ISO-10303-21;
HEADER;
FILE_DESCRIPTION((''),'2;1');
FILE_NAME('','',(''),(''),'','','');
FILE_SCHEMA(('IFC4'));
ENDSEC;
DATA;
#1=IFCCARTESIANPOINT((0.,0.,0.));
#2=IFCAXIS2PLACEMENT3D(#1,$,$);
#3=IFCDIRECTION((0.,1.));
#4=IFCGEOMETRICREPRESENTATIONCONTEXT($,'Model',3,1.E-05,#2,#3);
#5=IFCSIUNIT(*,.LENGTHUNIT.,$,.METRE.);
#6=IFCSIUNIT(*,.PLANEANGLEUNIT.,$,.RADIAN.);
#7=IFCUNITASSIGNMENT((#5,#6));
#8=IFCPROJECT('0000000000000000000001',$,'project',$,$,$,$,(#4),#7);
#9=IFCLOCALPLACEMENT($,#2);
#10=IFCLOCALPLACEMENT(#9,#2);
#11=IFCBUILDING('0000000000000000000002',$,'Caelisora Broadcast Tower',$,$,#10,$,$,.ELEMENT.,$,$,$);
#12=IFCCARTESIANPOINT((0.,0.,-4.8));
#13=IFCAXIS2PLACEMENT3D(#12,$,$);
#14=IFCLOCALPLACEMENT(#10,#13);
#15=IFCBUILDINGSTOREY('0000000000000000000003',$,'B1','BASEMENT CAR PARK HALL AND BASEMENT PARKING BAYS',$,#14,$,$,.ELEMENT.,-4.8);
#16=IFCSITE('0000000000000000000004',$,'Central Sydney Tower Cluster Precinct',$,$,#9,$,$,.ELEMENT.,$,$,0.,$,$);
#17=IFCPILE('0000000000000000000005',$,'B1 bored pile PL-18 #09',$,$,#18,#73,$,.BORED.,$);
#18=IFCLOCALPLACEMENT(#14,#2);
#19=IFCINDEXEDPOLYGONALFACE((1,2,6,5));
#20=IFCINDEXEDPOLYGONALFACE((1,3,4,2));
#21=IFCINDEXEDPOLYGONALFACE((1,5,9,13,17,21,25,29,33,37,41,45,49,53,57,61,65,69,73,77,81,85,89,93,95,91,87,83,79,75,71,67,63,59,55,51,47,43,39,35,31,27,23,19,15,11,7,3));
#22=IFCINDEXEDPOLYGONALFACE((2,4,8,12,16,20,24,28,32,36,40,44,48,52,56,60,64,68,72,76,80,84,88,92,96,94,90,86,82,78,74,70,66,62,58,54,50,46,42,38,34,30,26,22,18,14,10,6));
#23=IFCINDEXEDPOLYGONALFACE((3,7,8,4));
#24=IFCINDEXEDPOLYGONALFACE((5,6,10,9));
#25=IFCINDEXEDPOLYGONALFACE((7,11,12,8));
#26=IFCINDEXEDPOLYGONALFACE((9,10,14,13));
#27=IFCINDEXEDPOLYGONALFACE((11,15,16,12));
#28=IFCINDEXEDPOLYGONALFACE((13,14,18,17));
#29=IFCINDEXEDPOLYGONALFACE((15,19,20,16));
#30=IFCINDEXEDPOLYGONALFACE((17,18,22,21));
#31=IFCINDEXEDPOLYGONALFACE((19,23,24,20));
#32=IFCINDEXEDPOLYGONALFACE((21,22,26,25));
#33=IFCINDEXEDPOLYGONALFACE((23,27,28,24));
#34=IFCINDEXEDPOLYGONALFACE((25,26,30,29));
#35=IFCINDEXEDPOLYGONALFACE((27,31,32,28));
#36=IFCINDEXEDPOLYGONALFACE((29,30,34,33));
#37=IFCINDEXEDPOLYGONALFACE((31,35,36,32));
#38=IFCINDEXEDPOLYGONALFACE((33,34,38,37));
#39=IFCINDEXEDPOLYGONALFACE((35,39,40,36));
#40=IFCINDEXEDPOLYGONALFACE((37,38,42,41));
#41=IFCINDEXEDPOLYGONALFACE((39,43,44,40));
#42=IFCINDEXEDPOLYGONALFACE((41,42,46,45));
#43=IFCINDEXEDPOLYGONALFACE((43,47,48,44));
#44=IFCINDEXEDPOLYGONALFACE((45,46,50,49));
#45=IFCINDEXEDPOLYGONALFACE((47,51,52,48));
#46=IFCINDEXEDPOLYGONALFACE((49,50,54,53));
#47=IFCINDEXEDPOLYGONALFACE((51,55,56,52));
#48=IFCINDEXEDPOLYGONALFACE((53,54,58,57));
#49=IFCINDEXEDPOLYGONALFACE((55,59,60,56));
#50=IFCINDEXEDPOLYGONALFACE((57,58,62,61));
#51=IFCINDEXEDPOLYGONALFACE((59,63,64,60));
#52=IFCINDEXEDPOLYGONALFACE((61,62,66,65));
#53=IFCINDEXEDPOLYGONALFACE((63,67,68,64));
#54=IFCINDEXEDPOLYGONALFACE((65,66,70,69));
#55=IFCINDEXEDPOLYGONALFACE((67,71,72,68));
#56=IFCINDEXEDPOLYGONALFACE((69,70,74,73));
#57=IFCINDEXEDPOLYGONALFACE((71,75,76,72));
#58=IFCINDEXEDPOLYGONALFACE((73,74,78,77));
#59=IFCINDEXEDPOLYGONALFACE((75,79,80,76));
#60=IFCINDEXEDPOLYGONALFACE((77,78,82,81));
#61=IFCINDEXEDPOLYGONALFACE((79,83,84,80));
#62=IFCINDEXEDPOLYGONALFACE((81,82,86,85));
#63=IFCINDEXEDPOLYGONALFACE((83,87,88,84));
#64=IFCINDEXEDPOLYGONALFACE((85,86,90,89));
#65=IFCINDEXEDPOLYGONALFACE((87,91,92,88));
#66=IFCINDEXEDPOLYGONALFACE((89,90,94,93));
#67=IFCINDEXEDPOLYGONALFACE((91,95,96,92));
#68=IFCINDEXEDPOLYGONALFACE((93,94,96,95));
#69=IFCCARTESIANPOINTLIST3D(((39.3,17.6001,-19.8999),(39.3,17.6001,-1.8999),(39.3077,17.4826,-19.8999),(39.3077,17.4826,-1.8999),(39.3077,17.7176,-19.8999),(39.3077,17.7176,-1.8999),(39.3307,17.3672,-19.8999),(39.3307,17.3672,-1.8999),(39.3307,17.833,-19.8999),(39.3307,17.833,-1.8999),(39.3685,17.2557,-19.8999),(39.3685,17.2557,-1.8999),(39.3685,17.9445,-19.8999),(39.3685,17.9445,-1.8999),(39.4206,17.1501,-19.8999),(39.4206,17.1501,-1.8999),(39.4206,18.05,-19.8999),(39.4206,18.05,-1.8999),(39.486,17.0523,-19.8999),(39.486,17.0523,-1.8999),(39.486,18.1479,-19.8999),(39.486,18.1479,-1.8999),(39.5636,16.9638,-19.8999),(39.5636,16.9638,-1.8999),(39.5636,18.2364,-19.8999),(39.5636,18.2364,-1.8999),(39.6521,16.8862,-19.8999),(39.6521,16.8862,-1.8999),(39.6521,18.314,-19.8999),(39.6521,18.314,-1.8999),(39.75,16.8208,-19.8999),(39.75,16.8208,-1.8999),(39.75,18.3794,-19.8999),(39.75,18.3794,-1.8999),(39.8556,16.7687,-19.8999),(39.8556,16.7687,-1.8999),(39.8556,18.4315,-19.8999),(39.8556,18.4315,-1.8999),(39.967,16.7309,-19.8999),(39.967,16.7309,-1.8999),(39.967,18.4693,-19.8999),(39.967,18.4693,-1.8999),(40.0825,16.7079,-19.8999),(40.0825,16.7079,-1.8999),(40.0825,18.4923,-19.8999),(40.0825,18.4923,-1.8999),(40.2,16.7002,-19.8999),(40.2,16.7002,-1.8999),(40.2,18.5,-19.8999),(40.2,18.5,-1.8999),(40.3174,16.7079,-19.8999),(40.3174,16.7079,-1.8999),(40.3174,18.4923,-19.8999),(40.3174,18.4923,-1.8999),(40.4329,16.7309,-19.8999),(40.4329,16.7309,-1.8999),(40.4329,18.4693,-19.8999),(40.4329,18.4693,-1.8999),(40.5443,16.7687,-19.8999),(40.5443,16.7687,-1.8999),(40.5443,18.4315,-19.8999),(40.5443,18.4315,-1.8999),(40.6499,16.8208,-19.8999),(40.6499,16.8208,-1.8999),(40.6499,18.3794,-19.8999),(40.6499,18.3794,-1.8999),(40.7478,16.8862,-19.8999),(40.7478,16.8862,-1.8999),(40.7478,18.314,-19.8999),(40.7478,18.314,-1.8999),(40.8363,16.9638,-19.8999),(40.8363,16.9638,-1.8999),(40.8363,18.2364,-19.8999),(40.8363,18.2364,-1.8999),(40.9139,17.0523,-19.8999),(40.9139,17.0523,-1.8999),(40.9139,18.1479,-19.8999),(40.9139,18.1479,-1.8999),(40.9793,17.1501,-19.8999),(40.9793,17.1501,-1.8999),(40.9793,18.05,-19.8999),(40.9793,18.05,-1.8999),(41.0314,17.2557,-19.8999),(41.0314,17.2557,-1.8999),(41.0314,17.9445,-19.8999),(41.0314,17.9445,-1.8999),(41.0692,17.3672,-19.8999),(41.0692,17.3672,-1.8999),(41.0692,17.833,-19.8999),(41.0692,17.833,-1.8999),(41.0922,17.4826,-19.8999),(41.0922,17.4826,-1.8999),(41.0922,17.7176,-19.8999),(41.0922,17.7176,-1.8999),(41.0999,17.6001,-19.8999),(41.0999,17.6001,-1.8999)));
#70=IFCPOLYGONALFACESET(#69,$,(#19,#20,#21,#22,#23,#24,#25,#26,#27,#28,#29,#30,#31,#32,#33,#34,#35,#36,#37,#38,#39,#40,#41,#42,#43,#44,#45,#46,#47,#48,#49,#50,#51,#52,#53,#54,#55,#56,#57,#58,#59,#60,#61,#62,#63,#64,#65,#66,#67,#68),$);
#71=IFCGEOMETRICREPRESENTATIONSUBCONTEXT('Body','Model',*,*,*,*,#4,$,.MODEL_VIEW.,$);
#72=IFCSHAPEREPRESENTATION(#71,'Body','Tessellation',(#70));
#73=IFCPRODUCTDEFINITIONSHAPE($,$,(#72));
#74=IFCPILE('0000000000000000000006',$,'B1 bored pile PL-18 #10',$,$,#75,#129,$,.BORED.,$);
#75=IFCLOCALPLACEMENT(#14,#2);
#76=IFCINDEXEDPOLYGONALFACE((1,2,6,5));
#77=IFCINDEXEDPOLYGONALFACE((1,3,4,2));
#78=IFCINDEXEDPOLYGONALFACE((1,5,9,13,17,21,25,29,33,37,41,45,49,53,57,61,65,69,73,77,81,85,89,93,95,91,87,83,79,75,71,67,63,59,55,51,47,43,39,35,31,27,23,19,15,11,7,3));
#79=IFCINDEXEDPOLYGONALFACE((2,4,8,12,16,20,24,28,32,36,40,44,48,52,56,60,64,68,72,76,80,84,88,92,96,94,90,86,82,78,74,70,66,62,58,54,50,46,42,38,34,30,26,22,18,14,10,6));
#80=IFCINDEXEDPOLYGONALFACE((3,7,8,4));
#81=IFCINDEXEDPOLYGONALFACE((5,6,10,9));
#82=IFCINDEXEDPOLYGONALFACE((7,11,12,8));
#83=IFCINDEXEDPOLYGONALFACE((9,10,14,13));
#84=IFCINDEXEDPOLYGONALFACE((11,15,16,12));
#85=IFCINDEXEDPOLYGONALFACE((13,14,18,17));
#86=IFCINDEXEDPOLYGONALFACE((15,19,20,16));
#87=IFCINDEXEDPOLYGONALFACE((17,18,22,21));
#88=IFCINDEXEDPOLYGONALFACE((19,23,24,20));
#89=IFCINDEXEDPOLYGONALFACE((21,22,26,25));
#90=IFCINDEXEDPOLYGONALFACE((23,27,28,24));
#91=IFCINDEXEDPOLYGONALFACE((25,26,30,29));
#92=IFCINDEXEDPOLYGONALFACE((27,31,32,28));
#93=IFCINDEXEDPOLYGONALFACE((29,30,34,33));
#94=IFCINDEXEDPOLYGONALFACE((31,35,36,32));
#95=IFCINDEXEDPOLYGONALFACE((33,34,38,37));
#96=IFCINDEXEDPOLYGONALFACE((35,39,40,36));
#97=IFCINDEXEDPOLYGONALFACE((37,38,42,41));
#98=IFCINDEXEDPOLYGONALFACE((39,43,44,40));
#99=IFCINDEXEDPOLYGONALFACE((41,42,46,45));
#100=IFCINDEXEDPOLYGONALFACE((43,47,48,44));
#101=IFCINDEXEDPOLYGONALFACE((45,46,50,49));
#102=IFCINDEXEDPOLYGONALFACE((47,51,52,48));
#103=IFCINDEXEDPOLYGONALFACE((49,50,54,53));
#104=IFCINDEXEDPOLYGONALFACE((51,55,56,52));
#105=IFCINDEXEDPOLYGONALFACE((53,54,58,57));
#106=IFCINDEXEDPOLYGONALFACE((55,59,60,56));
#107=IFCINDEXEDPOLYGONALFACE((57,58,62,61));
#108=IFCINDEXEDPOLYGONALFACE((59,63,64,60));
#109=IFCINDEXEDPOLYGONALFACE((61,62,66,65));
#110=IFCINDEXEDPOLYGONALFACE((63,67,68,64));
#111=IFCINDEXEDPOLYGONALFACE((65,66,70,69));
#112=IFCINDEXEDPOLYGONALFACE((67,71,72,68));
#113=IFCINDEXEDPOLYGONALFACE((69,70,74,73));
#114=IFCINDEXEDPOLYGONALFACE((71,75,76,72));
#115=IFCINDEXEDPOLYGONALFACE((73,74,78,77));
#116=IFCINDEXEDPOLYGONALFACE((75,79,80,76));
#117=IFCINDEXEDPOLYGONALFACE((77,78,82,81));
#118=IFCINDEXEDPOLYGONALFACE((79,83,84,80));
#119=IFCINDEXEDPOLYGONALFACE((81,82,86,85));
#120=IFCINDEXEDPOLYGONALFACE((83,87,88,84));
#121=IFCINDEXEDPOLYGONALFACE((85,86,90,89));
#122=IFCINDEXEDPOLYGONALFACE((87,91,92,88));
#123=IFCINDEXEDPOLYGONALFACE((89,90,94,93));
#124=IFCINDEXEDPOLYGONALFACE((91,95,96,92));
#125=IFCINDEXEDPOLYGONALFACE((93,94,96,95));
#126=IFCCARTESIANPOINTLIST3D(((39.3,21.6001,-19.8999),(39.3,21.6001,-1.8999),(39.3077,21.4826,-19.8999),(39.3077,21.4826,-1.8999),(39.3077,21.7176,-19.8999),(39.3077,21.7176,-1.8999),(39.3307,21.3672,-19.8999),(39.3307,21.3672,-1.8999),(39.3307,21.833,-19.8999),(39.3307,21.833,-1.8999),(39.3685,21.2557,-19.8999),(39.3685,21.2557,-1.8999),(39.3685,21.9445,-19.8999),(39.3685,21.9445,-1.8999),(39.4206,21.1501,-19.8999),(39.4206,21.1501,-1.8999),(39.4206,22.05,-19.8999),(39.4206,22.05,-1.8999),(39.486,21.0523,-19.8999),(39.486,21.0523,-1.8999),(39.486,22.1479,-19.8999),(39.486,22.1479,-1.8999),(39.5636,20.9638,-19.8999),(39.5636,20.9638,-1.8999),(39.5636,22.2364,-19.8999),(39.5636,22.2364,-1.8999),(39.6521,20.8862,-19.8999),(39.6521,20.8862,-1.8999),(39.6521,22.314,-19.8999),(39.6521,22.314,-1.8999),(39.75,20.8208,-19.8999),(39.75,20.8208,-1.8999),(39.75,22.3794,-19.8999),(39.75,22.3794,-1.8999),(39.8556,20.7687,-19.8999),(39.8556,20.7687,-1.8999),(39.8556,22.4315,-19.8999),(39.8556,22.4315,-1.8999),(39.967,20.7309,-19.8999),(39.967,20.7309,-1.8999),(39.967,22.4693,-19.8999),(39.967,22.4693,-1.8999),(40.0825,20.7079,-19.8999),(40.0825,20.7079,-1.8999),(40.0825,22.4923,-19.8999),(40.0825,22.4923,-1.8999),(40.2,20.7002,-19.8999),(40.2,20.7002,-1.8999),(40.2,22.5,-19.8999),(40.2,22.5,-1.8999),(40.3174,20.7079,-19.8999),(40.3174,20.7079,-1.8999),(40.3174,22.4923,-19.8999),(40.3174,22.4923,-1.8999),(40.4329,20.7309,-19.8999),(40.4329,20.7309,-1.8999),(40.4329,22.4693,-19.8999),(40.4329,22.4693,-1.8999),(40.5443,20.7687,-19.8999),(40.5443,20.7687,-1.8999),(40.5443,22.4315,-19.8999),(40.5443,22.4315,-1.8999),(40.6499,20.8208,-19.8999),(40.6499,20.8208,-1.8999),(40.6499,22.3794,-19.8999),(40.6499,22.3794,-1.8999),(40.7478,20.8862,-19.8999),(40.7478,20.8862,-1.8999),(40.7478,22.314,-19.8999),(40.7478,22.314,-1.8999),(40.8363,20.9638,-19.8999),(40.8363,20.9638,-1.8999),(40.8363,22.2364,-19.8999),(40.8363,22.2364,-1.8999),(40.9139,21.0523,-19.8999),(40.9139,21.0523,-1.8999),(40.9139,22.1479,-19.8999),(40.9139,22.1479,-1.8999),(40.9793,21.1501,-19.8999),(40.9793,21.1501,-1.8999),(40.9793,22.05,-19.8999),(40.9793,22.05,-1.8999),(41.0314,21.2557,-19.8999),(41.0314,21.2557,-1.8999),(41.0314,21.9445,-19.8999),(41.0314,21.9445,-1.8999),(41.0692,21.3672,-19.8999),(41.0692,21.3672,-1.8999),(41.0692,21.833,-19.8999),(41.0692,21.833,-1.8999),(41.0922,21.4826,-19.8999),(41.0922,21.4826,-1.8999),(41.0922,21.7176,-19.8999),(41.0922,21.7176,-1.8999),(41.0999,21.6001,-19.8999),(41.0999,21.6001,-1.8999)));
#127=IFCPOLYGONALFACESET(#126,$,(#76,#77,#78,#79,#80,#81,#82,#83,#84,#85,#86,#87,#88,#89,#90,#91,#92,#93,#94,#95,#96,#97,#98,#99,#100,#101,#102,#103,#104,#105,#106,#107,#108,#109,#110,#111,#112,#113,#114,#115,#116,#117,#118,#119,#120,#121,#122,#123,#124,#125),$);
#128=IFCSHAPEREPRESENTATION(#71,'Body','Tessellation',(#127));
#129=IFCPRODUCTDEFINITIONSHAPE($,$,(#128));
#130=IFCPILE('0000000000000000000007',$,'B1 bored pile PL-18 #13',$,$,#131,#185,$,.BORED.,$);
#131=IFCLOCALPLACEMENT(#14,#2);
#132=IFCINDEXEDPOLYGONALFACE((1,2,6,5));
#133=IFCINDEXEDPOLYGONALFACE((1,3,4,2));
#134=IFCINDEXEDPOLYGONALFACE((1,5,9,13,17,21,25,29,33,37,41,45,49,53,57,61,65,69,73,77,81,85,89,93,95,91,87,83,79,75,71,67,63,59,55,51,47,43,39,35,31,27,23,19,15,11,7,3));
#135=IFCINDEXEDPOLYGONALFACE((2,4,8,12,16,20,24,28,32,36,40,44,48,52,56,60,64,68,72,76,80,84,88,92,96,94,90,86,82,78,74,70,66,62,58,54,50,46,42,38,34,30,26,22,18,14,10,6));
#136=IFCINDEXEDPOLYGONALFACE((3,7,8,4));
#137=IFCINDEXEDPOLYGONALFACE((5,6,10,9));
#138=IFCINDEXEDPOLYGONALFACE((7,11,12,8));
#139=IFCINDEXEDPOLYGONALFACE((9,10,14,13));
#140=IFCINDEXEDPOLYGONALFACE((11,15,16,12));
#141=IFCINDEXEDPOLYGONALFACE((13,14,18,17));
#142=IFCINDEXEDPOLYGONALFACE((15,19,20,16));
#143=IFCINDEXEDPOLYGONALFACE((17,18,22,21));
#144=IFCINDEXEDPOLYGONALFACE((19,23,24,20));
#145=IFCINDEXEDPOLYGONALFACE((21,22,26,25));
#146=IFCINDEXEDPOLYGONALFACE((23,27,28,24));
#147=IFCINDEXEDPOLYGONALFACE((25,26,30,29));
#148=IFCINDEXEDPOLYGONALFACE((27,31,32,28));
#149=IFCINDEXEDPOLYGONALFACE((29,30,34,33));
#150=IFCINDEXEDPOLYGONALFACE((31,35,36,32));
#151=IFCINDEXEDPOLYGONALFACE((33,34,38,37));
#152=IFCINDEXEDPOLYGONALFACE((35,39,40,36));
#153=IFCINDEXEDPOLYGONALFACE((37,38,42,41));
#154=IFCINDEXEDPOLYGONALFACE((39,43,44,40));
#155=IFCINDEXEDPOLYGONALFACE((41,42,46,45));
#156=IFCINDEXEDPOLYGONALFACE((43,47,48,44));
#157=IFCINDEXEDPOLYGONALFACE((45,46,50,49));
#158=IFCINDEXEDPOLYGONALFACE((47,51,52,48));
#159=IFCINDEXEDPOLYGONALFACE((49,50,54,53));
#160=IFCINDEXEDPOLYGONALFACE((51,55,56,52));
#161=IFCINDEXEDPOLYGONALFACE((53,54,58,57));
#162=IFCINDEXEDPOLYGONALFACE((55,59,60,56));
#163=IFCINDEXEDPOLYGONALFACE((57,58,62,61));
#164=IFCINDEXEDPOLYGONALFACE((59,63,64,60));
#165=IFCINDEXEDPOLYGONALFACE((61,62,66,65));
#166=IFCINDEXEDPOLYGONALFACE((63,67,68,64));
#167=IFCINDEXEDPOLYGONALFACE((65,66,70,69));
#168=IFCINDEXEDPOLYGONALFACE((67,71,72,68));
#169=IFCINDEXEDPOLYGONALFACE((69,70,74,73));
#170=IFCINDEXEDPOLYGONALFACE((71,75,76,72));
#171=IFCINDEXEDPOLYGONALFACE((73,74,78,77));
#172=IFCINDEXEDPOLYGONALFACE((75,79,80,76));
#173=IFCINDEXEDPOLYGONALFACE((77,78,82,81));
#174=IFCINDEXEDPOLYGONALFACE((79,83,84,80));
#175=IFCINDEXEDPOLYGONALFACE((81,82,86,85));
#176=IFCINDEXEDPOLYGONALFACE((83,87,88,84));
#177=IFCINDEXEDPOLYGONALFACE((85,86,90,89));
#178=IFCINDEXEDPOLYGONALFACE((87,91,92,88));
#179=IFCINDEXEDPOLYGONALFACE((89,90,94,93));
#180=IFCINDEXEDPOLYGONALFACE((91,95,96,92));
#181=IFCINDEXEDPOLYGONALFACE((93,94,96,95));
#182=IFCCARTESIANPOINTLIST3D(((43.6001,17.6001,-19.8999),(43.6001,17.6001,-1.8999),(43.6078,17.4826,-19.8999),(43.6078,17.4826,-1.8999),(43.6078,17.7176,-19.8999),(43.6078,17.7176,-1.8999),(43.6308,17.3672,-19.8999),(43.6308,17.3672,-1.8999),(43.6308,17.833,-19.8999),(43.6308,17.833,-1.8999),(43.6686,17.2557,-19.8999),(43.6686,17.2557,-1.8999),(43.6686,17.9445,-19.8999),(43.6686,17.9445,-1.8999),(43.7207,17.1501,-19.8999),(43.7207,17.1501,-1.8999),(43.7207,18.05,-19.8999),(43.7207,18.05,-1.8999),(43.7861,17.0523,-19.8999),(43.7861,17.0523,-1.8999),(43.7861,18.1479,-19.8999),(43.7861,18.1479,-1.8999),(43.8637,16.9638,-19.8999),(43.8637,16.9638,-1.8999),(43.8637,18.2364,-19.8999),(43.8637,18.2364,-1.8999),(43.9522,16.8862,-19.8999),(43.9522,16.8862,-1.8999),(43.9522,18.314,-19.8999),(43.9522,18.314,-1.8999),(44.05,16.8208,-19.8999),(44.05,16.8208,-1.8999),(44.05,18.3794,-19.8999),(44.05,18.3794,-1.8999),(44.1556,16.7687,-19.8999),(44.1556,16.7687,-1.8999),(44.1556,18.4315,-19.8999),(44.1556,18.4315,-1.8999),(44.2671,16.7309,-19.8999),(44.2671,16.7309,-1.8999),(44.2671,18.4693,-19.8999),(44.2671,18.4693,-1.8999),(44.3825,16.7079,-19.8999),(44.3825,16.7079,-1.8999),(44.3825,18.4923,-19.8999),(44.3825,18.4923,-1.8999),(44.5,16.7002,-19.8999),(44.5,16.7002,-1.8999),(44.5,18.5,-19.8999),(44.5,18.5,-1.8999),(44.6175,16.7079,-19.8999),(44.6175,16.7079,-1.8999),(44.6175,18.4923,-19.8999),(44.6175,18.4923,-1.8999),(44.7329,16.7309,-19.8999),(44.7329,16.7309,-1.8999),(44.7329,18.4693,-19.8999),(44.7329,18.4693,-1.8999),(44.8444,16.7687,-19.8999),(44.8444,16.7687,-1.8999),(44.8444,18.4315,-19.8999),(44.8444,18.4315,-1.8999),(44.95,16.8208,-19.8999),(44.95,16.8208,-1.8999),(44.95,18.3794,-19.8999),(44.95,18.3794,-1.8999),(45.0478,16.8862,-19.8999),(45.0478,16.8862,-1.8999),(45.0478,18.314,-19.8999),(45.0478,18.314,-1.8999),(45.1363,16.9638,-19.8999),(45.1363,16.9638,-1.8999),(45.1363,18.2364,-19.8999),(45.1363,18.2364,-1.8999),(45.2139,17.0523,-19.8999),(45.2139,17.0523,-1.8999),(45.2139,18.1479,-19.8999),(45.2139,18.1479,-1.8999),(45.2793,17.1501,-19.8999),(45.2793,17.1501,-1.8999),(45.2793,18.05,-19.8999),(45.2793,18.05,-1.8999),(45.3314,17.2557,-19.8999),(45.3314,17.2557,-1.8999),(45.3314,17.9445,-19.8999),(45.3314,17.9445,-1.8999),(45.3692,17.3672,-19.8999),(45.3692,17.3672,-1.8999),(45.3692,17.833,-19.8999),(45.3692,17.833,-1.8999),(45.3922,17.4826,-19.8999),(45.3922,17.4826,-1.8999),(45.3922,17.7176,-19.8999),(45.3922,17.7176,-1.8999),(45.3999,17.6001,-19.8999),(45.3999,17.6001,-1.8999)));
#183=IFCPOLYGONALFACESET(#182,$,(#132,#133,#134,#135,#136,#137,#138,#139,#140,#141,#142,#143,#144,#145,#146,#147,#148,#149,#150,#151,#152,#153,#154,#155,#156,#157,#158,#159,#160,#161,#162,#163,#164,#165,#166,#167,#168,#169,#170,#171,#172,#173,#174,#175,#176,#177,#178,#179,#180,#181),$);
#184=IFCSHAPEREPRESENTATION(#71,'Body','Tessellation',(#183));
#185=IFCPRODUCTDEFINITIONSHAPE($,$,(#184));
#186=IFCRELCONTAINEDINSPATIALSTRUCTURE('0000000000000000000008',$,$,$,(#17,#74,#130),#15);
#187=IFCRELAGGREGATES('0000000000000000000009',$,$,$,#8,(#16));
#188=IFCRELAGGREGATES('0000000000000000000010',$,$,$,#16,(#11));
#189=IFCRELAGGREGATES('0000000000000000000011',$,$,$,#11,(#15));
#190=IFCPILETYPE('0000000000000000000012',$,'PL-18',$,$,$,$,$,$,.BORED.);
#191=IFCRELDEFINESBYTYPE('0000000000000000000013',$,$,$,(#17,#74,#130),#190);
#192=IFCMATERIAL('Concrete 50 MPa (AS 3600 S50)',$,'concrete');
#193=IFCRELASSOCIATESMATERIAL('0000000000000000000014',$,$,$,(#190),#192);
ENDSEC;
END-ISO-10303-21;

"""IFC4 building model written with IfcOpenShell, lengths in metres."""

from ifc_helpers import new_model, si_unit, direction, frame, origin, origin_2d, place, context, subcontext, project, spatial, circle, extrude, material, material_profile, profile_set, type_object, element, save


model = new_model("IFC4")

# Units and contexts
model_context = context("Model", 3, precision=1e-05, world=origin(), true_north=direction((0.0, 1.0)))
body_context = subcontext(model_context, "Body", "Model", "MODEL_VIEW")
ifc_project = project(units=[si_unit("LENGTHUNIT", "METRE"), si_unit("PLANEANGLEUNIT", "RADIAN")], contexts=[model_context])

# Site, building, storey
site_placement = place(None, origin())
site = spatial("IfcSite", under=ifc_project, at=site_placement, Name="Central Sydney Tower Cluster Precinct", CompositionType="ELEMENT", RefElevation=0.0)
building_placement = place(site_placement, origin())
building = spatial("IfcBuilding", under=site, at=building_placement, Name="Caelisora Broadcast Tower", CompositionType="ELEMENT")
storey_placement = place(building_placement, frame((0.0, 0.0, -4.8)))
storey = spatial("IfcBuildingStorey", under=building, at=storey_placement, Name="B1", Description="BASEMENT CAR PARK HALL AND BASEMENT PARKING BAYS", CompositionType="ELEMENT", Elevation=-4.8)

# Piles
ifc_material_1 = material(Name="Concrete 50 MPa (AS 3600 S50)", Category="concrete")
ifc_material_profile = material_profile(ifc_material_1, circle(Radius=0.8999, at=origin_2d()), Name="Concrete 50 MPa (AS 3600 S50)")
ifc_profile_set = profile_set([ifc_material_profile], Name="Concrete 50 MPa (AS 3600 S50)")
pile_type = type_object("IfcPileType", Name="PL-18", PredefinedType="BORED", material=ifc_profile_set)
for number, where, z_axis, x_axis, name in (
    (1, (40.2, 17.6001, -1.8999), (0.0, 0.0, -1.0), (1.0, 0.0, 0.0), "B1 bored pile PL-18 #09"),
    (2, (40.2, 21.6001, -1.8999), (0.0, 0.0, -1.0), (1.0, 0.0, 0.0), "B1 bored pile PL-18 #10"),
    (3, (44.5, 17.6001, -1.8999), (0.0, 0.0, -1.0), (1.0, 0.0, 0.0), "B1 bored pile PL-18 #13"),
):
    element("IfcPile", number, at=place(storey_placement, frame(where, z_axis=z_axis, x_axis=x_axis)), inside=storey, type_object=pile_type, Name=name, PredefinedType="BORED", context=body_context, shape_type="SweptSolid", body=[
        extrude(circle(Radius=0.8999, at=origin_2d()), origin(), (0.0, 0.0, 1.0), 18.0),
    ])

save(model, "model.ifc")
